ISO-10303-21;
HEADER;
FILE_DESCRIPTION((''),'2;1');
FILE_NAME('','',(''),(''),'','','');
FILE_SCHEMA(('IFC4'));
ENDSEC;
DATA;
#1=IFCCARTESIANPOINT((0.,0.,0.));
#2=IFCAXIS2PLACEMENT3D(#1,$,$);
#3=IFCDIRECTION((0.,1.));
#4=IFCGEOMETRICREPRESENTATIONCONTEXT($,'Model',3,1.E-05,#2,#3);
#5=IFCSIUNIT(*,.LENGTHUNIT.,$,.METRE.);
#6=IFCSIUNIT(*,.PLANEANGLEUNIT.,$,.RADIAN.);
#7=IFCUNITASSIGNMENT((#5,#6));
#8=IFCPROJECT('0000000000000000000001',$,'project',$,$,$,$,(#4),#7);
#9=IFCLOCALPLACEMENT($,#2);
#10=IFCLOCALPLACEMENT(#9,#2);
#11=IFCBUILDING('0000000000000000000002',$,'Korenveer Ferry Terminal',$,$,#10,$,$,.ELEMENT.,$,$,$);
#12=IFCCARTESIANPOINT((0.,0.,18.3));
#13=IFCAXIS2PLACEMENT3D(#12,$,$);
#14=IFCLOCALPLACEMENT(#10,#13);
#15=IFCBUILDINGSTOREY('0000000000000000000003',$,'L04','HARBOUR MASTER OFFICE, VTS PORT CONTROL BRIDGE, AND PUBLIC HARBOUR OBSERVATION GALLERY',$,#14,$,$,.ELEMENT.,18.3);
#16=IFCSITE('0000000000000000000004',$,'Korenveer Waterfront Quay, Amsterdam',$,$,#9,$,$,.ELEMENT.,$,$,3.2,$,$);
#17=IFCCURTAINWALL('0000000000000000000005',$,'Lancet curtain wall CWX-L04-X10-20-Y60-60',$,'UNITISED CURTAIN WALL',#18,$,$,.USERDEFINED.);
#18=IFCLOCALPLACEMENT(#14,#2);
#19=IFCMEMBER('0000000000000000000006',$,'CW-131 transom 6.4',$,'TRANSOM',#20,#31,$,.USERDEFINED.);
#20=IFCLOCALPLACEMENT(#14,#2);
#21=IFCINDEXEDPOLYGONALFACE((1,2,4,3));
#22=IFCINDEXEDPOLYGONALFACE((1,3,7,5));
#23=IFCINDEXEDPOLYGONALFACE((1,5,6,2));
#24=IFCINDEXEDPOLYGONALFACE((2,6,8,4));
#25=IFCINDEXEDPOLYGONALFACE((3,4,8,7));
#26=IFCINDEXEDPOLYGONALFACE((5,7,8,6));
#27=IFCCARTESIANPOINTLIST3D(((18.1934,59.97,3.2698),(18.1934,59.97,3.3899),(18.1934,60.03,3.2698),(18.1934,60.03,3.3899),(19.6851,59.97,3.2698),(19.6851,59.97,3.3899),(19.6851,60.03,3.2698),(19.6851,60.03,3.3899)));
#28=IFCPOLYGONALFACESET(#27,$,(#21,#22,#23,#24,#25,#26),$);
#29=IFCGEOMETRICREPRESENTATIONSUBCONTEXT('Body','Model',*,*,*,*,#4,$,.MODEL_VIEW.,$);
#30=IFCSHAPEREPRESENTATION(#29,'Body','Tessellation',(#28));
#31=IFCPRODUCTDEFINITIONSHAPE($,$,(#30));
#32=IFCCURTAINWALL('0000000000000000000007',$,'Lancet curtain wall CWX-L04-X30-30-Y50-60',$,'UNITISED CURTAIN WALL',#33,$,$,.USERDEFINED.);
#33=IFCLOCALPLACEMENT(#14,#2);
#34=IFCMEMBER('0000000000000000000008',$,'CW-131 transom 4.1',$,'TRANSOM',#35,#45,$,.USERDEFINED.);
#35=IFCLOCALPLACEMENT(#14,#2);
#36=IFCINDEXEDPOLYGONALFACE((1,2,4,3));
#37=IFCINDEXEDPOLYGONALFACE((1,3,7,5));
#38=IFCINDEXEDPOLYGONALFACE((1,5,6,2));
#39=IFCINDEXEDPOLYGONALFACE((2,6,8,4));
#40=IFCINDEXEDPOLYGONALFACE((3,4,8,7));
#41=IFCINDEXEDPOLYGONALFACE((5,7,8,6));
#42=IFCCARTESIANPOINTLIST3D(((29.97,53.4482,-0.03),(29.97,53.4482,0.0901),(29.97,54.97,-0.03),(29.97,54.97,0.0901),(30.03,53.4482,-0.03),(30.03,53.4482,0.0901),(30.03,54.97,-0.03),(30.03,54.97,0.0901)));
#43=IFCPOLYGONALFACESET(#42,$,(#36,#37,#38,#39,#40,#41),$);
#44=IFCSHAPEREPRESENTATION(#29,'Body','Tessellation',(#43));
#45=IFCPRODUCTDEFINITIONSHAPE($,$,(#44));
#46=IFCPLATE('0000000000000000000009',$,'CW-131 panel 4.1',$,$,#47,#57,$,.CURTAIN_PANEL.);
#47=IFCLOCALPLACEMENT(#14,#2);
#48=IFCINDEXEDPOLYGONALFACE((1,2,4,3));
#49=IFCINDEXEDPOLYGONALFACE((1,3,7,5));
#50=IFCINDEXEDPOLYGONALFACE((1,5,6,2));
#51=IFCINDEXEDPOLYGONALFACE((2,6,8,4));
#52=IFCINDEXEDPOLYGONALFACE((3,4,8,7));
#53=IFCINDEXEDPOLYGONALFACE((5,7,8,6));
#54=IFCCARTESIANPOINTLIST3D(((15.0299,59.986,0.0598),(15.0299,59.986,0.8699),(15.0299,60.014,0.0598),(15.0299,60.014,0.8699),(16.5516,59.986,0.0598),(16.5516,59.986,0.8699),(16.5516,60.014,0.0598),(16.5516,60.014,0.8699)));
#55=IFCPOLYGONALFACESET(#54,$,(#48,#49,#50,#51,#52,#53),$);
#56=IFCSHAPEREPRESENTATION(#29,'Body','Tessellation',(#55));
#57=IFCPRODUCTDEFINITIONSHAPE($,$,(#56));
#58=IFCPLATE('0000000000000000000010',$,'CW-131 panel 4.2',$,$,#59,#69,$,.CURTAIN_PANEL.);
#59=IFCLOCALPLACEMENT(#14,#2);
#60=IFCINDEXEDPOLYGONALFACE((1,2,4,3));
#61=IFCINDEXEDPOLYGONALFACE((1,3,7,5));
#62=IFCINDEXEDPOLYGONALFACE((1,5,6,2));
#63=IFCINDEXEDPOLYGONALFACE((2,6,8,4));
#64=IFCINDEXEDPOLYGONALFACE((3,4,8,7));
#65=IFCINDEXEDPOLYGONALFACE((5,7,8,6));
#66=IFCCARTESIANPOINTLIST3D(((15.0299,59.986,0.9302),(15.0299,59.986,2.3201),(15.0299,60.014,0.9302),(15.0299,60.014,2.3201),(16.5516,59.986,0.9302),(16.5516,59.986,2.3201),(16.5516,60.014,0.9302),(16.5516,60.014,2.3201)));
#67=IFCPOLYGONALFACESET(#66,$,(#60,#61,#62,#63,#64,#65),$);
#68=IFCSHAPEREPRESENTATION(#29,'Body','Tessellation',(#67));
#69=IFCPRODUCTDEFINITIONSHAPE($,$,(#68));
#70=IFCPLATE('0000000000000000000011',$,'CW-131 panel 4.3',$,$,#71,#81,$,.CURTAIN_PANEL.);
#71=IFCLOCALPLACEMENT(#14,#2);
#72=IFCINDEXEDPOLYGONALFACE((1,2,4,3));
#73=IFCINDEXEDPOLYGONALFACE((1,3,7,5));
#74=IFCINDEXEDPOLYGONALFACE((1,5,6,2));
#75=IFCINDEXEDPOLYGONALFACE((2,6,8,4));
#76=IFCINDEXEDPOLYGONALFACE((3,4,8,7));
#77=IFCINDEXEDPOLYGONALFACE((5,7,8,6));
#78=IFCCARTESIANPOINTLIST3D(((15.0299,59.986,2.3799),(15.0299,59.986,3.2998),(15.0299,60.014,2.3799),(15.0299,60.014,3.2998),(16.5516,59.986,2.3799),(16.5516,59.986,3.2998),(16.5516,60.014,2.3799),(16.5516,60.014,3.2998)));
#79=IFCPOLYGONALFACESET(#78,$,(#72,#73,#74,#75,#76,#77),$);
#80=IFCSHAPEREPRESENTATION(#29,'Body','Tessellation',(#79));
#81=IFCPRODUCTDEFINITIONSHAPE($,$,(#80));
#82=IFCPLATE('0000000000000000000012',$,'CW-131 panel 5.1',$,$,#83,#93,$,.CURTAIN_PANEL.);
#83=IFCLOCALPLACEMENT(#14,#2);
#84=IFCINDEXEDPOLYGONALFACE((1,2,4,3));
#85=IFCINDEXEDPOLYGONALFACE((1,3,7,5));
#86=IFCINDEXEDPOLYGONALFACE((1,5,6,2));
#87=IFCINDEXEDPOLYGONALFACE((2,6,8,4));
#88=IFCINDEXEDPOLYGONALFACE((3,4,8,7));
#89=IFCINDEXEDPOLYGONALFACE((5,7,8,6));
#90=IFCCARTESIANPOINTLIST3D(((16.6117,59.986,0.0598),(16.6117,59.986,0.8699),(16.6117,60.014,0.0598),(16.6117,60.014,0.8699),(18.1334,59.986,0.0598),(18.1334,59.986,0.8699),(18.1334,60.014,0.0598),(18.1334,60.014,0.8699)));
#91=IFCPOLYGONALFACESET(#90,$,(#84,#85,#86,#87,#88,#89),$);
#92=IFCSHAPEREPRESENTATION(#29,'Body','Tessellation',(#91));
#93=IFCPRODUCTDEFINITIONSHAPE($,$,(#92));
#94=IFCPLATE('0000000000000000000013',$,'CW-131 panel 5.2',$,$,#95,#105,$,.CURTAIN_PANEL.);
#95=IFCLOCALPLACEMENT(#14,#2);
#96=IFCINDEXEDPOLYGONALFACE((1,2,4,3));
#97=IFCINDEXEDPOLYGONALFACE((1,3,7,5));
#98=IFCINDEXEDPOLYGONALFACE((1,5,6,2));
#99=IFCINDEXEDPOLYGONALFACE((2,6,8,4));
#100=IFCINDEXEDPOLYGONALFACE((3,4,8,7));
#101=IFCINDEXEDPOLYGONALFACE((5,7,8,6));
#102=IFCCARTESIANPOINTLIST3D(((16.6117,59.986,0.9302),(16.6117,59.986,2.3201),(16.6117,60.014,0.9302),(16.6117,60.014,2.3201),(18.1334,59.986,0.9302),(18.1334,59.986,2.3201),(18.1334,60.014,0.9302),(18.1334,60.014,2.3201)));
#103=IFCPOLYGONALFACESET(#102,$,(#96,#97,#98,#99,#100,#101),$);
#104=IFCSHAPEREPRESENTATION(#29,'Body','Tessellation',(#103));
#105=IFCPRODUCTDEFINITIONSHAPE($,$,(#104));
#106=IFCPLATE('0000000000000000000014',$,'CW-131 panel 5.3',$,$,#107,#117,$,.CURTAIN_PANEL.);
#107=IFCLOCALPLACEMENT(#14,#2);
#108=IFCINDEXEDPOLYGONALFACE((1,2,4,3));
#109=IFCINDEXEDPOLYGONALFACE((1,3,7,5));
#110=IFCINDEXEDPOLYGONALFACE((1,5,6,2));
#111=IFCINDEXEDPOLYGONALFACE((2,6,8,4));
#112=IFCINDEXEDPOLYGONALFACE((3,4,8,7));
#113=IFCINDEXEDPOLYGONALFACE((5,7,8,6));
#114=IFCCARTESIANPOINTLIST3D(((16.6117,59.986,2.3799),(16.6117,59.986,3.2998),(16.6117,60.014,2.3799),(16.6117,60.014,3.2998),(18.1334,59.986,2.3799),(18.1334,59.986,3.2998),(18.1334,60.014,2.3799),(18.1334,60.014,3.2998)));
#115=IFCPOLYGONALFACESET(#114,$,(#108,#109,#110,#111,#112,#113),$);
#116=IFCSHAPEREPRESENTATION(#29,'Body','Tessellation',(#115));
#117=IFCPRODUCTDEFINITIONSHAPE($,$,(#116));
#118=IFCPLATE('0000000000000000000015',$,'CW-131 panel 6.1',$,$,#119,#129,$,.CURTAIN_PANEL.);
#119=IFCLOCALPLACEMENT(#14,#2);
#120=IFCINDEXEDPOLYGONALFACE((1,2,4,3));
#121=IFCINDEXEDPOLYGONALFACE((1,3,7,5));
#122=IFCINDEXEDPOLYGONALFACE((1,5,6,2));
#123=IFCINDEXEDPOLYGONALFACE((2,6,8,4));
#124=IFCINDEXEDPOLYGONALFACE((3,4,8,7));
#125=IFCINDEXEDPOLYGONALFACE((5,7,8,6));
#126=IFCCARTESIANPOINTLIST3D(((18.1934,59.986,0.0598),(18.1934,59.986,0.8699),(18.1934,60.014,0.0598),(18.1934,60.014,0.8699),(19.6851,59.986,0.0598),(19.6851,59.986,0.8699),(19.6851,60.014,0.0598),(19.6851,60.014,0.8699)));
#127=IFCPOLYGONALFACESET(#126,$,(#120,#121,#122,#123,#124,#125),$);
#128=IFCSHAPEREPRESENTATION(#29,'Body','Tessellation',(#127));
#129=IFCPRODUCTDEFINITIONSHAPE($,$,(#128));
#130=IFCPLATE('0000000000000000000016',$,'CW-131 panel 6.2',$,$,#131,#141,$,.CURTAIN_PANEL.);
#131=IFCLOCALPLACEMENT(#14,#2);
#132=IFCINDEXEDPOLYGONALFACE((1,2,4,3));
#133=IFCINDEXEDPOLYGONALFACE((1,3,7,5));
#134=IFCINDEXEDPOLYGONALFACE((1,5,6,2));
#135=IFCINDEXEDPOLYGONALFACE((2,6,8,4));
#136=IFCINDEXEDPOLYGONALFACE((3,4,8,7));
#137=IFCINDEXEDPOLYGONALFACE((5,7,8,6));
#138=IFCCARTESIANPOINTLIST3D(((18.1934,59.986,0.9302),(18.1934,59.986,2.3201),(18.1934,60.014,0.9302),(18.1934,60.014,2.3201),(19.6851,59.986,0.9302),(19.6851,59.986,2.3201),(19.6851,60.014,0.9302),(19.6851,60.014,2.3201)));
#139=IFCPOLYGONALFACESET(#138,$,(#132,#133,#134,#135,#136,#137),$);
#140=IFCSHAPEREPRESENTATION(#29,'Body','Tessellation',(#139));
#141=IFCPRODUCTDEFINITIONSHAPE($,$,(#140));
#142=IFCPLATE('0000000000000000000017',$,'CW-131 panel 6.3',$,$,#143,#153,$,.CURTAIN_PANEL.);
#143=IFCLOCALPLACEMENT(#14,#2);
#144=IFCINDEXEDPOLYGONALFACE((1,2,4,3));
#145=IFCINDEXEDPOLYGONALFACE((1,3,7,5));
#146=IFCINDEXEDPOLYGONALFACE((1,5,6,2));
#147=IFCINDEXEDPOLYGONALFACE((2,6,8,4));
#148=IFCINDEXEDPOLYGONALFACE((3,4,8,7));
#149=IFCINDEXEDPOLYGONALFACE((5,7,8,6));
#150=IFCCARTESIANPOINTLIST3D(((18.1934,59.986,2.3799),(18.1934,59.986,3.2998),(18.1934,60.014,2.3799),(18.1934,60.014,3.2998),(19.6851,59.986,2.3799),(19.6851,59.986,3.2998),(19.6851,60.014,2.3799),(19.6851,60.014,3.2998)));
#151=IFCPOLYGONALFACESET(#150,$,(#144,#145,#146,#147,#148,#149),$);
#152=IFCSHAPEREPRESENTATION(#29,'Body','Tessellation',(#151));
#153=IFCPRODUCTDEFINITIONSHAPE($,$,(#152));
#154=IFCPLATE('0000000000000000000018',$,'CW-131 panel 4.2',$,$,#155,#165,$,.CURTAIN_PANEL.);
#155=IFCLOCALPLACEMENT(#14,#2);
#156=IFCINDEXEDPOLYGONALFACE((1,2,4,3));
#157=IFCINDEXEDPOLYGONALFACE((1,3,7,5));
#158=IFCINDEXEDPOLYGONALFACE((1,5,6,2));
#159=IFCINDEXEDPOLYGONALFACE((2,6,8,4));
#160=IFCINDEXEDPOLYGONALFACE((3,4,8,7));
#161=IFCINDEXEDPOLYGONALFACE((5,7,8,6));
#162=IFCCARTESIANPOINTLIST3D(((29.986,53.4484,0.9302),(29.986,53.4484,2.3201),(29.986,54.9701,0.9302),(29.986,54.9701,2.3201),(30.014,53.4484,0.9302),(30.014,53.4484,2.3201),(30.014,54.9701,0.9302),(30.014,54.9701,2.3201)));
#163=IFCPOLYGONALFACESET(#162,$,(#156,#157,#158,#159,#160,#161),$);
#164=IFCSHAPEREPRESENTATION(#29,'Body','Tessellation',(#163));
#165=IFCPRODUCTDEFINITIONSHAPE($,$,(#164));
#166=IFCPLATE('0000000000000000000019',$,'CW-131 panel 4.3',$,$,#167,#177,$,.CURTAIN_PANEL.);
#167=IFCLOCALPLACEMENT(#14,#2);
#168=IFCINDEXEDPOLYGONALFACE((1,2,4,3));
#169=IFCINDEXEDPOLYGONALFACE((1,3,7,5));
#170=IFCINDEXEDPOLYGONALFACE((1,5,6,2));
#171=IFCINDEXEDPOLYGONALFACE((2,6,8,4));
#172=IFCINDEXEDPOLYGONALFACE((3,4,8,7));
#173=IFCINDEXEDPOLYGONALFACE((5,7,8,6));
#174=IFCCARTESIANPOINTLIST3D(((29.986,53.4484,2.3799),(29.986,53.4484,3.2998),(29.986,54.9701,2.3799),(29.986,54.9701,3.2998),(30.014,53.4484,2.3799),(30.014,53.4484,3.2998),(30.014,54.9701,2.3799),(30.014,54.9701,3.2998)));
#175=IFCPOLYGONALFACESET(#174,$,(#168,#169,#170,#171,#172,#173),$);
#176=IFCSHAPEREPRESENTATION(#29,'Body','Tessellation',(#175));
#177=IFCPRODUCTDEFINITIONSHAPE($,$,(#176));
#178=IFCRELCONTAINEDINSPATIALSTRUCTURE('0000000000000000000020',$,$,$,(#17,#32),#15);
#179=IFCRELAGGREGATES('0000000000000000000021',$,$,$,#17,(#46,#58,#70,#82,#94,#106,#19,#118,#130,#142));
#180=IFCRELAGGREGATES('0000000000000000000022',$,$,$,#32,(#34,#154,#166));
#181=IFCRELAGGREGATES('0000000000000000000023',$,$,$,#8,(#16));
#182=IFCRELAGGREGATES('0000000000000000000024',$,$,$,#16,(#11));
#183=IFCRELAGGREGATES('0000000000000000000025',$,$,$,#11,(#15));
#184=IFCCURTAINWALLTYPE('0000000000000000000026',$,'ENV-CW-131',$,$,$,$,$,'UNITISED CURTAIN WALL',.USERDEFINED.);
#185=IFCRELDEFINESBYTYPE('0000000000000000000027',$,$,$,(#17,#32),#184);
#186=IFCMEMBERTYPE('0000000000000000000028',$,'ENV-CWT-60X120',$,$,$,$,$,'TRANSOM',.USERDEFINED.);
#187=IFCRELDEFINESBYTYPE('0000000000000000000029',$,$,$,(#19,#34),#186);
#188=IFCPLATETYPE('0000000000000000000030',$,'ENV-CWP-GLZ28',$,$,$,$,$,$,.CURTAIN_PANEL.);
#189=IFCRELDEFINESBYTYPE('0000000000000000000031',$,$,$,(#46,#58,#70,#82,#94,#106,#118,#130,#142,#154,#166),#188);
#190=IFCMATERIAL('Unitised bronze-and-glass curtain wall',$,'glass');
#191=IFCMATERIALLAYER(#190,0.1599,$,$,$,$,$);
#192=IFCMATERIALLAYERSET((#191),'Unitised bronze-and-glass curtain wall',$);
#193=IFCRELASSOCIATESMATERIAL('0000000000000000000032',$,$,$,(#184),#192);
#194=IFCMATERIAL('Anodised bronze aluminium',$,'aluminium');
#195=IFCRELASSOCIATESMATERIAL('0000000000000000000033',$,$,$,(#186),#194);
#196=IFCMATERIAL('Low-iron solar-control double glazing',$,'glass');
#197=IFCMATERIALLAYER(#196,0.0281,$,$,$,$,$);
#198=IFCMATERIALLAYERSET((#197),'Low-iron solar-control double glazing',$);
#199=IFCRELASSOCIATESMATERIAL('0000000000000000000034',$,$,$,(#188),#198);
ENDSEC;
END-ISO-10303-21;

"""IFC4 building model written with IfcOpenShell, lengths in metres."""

from ifc_helpers import new_model, si_unit, direction, frame, origin, origin_2d, place, context, subcontext, project, spatial, rectangle, extrude, material, layer, layer_set, material_profile, profile_set, type_object, element, aggregate, save


model = new_model("IFC4")

# Units and contexts
model_context = context("Model", 3, precision=1e-05, world=origin(), true_north=direction((0.0, 1.0)))
body_context = subcontext(model_context, "Body", "Model", "MODEL_VIEW")
ifc_project = project(units=[si_unit("LENGTHUNIT", "METRE"), si_unit("PLANEANGLEUNIT", "RADIAN")], contexts=[model_context])

# Site, building, storey
site_placement = place(None, origin())
site = spatial("IfcSite", under=ifc_project, at=site_placement, Name="Korenveer Waterfront Quay, Amsterdam", CompositionType="ELEMENT", RefElevation=3.2)
building_placement = place(site_placement, origin())
building = spatial("IfcBuilding", under=site, at=building_placement, Name="Korenveer Ferry Terminal", CompositionType="ELEMENT")
storey_placement = place(building_placement, frame((0.0, 0.0, 18.3)))
storey = spatial("IfcBuildingStorey", under=building, at=storey_placement, Name="L04", Description="HARBOUR MASTER OFFICE, VTS PORT CONTROL BRIDGE, AND PUBLIC HARBOUR OBSERVATION GALLERY", CompositionType="ELEMENT", Elevation=18.3)

# Curtain wall, member
ifc_material_1 = material(Name="Unitised bronze-and-glass curtain wall", Category="glass")
ifc_layer_1 = layer(ifc_material_1, 0.1599)
ifc_layer_set_1 = layer_set([ifc_layer_1], Name="Unitised bronze-and-glass curtain wall")
curtain_wall_type = type_object("IfcCurtainWallType", Name="ENV-CW-131", ElementType="UNITISED CURTAIN WALL", PredefinedType="USERDEFINED", material=ifc_layer_set_1)
curtain_wall_1_placement = place(storey_placement, frame((10.2549, 60.0, 0.0)))
curtain_wall_1 = element("IfcCurtainWall", 1, at=curtain_wall_1_placement, inside=storey, type_object=curtain_wall_type, Name="Lancet curtain wall CWX-L04-X10-20-Y60-60", ObjectType="UNITISED CURTAIN WALL", PredefinedType="USERDEFINED")
ifc_material_2 = material(Name="Anodised bronze aluminium", Category="aluminium")
ifc_material_profile_1 = material_profile(ifc_material_2, rectangle(XDim=0.0601, YDim=0.1201, at=origin_2d()), Name="ALU 60x120")
ifc_profile_set_1 = profile_set([ifc_material_profile_1], Name="Anodised bronze aluminium")
member_type_1 = type_object("IfcMemberType", Name="ENV-CWT-60X120", ElementType="TRANSOM", PredefinedType="USERDEFINED", material=ifc_profile_set_1)
member_1_placement = place(storey_placement, frame((18.1934, 60.0, 3.3298), z_axis=(1.0, 0.0, 0.0), x_axis=(0.0, 1.0, 0.0)))
member_1 = element("IfcMember", 2, at=member_1_placement, type_object=member_type_1, Name="CW-131 transom 6.4", ObjectType="TRANSOM", PredefinedType="USERDEFINED", context=body_context, shape_type="SweptSolid", body=[
    extrude(rectangle(XDim=0.0601, YDim=0.1201, at=origin_2d()), origin(), (0.0, 0.0, 1.0), 1.4917),
])

# Curtain wall, member
curtain_wall_2_placement = place(storey_placement, frame((30.0, 59.7451, 0.0)))
curtain_wall_2 = element("IfcCurtainWall", 3, at=curtain_wall_2_placement, inside=storey, type_object=curtain_wall_type, Name="Lancet curtain wall CWX-L04-X30-30-Y50-60", ObjectType="UNITISED CURTAIN WALL", PredefinedType="USERDEFINED")
member_2_placement = place(storey_placement, frame((30.0, 54.97, 0.03), z_axis=(0.0, -1.0, 0.0), x_axis=(1.0, 0.0, 0.0)))
member_2 = element("IfcMember", 4, at=member_2_placement, type_object=member_type_1, Name="CW-131 transom 4.1", ObjectType="TRANSOM", PredefinedType="USERDEFINED", context=body_context, shape_type="SweptSolid", body=[
    extrude(rectangle(XDim=0.0601, YDim=0.1201, at=origin_2d()), origin(), (0.0, 0.0, 1.0), 1.5217),
])

# Plates
ifc_material_3 = material(Name="Low-iron solar-control double glazing", Category="glass")
ifc_layer_2 = layer(ifc_material_3, 0.0281)
ifc_layer_set_2 = layer_set([ifc_layer_2], Name="Low-iron solar-control double glazing")
plate_type = type_object("IfcPlateType", Name="ENV-CWP-GLZ28", PredefinedType="CURTAIN_PANEL", material=ifc_layer_set_2)
plate_1_placement = place(storey_placement, frame((15.7908, 60.0, 0.0598), z_axis=(0.0, 0.0, 1.0), x_axis=(1.0, 0.0, 0.0)))
plate_1 = element("IfcPlate", 5, at=plate_1_placement, type_object=plate_type, Name="CW-131 panel 4.1", PredefinedType="CURTAIN_PANEL", context=body_context, shape_type="SweptSolid", body=[
    extrude(rectangle(XDim=1.5217, YDim=0.0281, at=origin_2d()), origin(), (0.0, 0.0, 1.0), 0.8101),
])
plate_2_placement = place(storey_placement, frame((15.7908, 60.0, 0.9302), z_axis=(0.0, 0.0, 1.0), x_axis=(1.0, 0.0, 0.0)))
plate_2 = element("IfcPlate", 6, at=plate_2_placement, type_object=plate_type, Name="CW-131 panel 4.2", PredefinedType="CURTAIN_PANEL", context=body_context, shape_type="SweptSolid", body=[
    extrude(rectangle(XDim=1.5217, YDim=0.0281, at=origin_2d()), origin(), (0.0, 0.0, 1.0), 1.3899),
])
plate_3_placement = place(storey_placement, frame((15.7908, 60.0, 2.3799), z_axis=(0.0, 0.0, 1.0), x_axis=(1.0, 0.0, 0.0)))
plate_3 = element("IfcPlate", 7, at=plate_3_placement, type_object=plate_type, Name="CW-131 panel 4.3", PredefinedType="CURTAIN_PANEL", context=body_context, shape_type="SweptSolid", body=[
    extrude(rectangle(XDim=1.5217, YDim=0.0281, at=origin_2d()), origin(), (0.0, 0.0, 1.0), 0.9199),
])
plate_4_placement = place(storey_placement, frame((17.3726, 60.0, 0.0598), z_axis=(0.0, 0.0, 1.0), x_axis=(1.0, 0.0, 0.0)))
plate_4 = element("IfcPlate", 8, at=plate_4_placement, type_object=plate_type, Name="CW-131 panel 5.1", PredefinedType="CURTAIN_PANEL", context=body_context, shape_type="SweptSolid", body=[
    extrude(rectangle(XDim=1.5217, YDim=0.0281, at=origin_2d()), origin(), (0.0, 0.0, 1.0), 0.8101),
])
plate_5_placement = place(storey_placement, frame((17.3726, 60.0, 0.9302), z_axis=(0.0, 0.0, 1.0), x_axis=(1.0, 0.0, 0.0)))
plate_5 = element("IfcPlate", 9, at=plate_5_placement, type_object=plate_type, Name="CW-131 panel 5.2", PredefinedType="CURTAIN_PANEL", context=body_context, shape_type="SweptSolid", body=[
    extrude(rectangle(XDim=1.5217, YDim=0.0281, at=origin_2d()), origin(), (0.0, 0.0, 1.0), 1.3899),
])
plate_6_placement = place(storey_placement, frame((17.3726, 60.0, 2.3799), z_axis=(0.0, 0.0, 1.0), x_axis=(1.0, 0.0, 0.0)))
plate_6 = element("IfcPlate", 10, at=plate_6_placement, type_object=plate_type, Name="CW-131 panel 5.3", PredefinedType="CURTAIN_PANEL", context=body_context, shape_type="SweptSolid", body=[
    extrude(rectangle(XDim=1.5217, YDim=0.0281, at=origin_2d()), origin(), (0.0, 0.0, 1.0), 0.9199),
])
plate_7_placement = place(storey_placement, frame((18.9392, 60.0, 0.0598), z_axis=(0.0, 0.0, 1.0), x_axis=(1.0, 0.0, 0.0)))
plate_7 = element("IfcPlate", 11, at=plate_7_placement, type_object=plate_type, Name="CW-131 panel 6.1", PredefinedType="CURTAIN_PANEL", context=body_context, shape_type="SweptSolid", body=[
    extrude(rectangle(XDim=1.4917, YDim=0.0281, at=origin_2d()), origin(), (0.0, 0.0, 1.0), 0.8101),
])
plate_8_placement = place(storey_placement, frame((18.9392, 60.0, 0.9302), z_axis=(0.0, 0.0, 1.0), x_axis=(1.0, 0.0, 0.0)))
plate_8 = element("IfcPlate", 12, at=plate_8_placement, type_object=plate_type, Name="CW-131 panel 6.2", PredefinedType="CURTAIN_PANEL", context=body_context, shape_type="SweptSolid", body=[
    extrude(rectangle(XDim=1.4917, YDim=0.0281, at=origin_2d()), origin(), (0.0, 0.0, 1.0), 1.3899),
])
plate_9_placement = place(storey_placement, frame((18.9392, 60.0, 2.3799), z_axis=(0.0, 0.0, 1.0), x_axis=(1.0, 0.0, 0.0)))
plate_9 = element("IfcPlate", 13, at=plate_9_placement, type_object=plate_type, Name="CW-131 panel 6.3", PredefinedType="CURTAIN_PANEL", context=body_context, shape_type="SweptSolid", body=[
    extrude(rectangle(XDim=1.4917, YDim=0.0281, at=origin_2d()), origin(), (0.0, 0.0, 1.0), 0.9199),
])
aggregate(curtain_wall_1, [plate_1, plate_2, plate_3, plate_4, plate_5, plate_6, member_1, plate_7, plate_8, plate_9])
plate_10_placement = place(storey_placement, frame((30.0, 54.2092, 0.9302), z_axis=(0.0, 0.0, 1.0), x_axis=(0.0, -1.0, 0.0)))
plate_10 = element("IfcPlate", 14, at=plate_10_placement, type_object=plate_type, Name="CW-131 panel 4.2", PredefinedType="CURTAIN_PANEL", context=body_context, shape_type="SweptSolid", body=[
    extrude(rectangle(XDim=1.5217, YDim=0.0281, at=origin_2d()), origin(), (0.0, 0.0, 1.0), 1.3899),
])
plate_11_placement = place(storey_placement, frame((30.0, 54.2092, 2.3799), z_axis=(0.0, 0.0, 1.0), x_axis=(0.0, -1.0, 0.0)))
plate_11 = element("IfcPlate", 15, at=plate_11_placement, type_object=plate_type, Name="CW-131 panel 4.3", PredefinedType="CURTAIN_PANEL", context=body_context, shape_type="SweptSolid", body=[
    extrude(rectangle(XDim=1.5217, YDim=0.0281, at=origin_2d()), origin(), (0.0, 0.0, 1.0), 0.9199),
])
aggregate(curtain_wall_2, [member_2, plate_10, plate_11])

save(model, "model.ifc")
